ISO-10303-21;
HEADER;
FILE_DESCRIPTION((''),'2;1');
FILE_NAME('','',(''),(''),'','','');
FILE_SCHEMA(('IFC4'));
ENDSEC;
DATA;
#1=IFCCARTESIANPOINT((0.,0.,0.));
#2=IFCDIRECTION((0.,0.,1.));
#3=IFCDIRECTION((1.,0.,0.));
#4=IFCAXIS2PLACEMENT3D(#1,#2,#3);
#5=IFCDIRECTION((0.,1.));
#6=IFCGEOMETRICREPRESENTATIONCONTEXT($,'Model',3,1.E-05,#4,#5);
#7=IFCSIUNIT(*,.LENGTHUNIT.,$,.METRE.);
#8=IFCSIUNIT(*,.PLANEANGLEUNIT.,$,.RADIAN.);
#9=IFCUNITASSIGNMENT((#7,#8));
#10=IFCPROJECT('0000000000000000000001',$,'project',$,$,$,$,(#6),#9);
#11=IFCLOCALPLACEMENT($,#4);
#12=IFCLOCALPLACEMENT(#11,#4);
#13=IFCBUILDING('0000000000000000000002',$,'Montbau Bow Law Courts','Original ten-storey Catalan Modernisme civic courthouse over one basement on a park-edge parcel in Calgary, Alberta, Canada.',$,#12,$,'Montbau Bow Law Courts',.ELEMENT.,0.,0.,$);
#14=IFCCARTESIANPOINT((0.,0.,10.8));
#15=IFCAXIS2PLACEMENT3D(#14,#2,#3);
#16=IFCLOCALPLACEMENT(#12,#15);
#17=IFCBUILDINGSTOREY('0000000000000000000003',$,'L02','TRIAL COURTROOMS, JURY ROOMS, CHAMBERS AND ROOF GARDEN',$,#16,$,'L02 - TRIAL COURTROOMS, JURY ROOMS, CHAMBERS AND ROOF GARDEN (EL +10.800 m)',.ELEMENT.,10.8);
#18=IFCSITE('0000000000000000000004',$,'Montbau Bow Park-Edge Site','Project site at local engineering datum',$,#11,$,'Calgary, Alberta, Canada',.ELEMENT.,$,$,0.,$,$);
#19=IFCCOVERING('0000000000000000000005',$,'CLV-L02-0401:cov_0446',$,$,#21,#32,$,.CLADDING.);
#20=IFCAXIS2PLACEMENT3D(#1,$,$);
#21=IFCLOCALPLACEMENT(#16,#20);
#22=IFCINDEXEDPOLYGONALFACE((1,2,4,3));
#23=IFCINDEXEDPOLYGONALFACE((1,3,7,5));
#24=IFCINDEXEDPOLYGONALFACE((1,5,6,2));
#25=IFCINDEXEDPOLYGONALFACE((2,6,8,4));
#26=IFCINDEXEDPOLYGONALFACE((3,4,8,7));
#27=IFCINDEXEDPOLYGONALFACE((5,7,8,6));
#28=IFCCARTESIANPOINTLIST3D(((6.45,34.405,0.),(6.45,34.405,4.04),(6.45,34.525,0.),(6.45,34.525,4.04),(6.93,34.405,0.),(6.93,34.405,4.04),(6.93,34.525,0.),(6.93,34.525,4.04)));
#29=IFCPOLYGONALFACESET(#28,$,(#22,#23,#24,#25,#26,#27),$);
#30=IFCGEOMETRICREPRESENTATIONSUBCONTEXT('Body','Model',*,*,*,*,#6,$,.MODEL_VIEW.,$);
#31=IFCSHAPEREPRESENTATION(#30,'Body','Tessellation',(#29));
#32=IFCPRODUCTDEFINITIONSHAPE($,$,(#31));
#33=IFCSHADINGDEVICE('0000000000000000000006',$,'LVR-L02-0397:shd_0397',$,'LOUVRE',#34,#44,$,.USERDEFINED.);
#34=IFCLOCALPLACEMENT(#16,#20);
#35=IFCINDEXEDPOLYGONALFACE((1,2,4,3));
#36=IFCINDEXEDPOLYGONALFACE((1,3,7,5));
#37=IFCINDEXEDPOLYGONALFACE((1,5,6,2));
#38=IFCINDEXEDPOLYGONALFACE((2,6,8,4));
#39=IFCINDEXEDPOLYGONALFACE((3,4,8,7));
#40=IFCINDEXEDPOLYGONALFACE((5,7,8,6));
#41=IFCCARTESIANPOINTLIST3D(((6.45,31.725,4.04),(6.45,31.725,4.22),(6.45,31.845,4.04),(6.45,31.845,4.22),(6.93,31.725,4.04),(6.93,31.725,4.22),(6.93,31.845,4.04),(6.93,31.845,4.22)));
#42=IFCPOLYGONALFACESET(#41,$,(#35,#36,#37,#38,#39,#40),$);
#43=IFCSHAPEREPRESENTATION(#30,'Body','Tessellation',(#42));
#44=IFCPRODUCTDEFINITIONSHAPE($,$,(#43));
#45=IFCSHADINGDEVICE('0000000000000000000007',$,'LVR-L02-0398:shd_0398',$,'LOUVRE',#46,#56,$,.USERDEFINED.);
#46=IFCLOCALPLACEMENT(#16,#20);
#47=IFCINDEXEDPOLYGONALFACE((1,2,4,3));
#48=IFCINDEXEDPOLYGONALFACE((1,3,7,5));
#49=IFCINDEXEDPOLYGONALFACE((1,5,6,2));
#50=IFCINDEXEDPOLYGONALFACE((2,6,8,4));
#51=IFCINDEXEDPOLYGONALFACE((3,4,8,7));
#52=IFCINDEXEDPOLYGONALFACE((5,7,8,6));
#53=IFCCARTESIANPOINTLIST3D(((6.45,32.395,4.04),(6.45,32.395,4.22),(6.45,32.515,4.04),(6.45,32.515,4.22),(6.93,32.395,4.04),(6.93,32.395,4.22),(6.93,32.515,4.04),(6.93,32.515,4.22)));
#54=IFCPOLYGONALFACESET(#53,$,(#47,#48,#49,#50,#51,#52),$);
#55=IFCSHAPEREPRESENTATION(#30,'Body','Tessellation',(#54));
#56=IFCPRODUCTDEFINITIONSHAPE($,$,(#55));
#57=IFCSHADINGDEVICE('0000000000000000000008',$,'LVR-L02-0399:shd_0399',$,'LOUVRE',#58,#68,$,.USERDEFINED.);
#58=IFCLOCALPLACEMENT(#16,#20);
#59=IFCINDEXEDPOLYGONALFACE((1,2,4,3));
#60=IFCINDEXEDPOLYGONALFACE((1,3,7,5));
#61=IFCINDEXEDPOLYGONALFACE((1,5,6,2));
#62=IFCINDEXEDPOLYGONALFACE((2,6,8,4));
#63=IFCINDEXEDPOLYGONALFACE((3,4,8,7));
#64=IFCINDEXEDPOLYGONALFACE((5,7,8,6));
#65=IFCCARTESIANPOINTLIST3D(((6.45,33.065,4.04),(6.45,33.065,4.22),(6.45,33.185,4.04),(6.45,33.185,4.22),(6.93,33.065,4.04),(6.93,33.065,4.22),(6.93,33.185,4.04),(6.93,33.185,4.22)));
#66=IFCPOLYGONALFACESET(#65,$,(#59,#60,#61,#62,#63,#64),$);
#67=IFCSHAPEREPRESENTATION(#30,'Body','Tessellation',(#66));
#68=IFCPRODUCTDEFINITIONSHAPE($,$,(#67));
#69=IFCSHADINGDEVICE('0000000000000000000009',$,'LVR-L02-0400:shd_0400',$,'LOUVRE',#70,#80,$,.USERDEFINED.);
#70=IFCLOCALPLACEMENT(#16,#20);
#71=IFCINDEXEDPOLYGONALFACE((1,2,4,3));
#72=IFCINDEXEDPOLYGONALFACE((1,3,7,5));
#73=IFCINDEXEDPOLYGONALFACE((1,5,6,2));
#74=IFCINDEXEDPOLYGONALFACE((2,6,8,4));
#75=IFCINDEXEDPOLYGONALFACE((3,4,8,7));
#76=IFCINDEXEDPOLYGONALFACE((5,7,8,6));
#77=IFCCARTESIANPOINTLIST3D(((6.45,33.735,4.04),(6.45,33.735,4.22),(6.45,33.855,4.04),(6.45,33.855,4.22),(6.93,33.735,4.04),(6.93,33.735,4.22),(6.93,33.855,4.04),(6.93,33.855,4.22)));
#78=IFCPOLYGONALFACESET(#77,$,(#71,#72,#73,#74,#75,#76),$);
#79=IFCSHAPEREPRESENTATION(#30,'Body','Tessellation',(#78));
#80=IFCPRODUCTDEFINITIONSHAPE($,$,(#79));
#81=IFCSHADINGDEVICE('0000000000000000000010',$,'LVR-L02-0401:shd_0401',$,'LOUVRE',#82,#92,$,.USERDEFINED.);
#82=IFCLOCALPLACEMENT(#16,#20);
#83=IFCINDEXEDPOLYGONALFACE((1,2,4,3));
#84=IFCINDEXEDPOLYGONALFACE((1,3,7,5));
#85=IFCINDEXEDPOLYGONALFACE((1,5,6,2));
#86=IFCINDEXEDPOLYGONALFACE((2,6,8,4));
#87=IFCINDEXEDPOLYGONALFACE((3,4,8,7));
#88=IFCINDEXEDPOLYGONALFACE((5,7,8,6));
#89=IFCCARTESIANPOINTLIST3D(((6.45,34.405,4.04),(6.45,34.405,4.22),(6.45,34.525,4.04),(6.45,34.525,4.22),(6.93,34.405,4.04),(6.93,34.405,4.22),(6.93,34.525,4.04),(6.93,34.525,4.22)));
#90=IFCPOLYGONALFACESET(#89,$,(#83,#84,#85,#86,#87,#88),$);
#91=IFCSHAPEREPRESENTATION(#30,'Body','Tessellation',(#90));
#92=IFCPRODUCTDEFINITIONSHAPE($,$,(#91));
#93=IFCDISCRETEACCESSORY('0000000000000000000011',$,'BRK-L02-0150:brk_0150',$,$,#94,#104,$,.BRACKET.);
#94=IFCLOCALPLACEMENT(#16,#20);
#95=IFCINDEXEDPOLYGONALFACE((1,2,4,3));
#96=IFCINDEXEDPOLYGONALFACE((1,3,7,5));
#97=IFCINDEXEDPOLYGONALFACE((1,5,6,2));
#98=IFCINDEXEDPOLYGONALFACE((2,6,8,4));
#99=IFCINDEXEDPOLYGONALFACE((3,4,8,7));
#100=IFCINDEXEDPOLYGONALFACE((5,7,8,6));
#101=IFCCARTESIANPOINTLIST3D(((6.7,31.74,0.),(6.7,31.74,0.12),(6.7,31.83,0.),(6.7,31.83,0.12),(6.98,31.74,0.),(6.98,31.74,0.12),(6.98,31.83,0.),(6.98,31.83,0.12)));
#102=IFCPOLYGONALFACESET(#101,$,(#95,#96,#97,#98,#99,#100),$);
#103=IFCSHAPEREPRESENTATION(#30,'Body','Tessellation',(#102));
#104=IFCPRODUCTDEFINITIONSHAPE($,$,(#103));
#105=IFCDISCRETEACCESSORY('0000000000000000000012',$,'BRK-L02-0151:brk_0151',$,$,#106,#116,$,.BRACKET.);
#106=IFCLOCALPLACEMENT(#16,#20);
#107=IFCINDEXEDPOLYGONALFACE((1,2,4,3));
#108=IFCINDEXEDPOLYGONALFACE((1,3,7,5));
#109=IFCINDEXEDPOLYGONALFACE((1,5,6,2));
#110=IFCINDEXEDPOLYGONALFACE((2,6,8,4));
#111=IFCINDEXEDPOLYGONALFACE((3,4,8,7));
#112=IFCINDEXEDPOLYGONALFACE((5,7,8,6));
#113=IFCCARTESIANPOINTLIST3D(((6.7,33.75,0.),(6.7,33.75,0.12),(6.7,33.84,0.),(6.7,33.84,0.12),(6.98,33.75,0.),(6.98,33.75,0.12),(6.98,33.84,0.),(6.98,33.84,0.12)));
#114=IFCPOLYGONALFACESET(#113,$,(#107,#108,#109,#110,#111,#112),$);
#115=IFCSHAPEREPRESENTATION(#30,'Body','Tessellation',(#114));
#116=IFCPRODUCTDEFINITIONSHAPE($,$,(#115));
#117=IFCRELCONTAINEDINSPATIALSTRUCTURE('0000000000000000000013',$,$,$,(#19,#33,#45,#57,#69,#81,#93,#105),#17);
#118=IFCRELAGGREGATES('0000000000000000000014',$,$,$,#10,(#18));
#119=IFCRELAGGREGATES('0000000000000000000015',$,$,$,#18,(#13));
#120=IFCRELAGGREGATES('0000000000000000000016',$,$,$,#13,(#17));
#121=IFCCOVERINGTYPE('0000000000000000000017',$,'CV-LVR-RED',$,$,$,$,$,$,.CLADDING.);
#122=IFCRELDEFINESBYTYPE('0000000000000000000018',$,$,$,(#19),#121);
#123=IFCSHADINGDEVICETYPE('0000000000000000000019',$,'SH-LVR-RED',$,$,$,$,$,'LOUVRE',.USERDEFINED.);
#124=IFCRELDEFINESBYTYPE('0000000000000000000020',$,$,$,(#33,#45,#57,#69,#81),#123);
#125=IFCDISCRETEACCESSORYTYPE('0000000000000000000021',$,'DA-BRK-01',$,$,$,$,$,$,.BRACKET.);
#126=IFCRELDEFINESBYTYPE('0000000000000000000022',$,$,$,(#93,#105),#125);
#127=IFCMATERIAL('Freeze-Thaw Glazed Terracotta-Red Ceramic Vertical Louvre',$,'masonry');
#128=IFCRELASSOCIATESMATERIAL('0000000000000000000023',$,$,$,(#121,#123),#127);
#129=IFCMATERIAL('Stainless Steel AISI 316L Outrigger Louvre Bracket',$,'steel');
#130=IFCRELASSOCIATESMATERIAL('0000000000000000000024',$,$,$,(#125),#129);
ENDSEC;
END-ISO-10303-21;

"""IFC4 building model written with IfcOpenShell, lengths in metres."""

from ifc_helpers import new_model, si_unit, direction, frame, frame_2d, origin_with_axes, origin_2d_with_axis, place, context, subcontext, project, spatial, rectangle, extrude, material, type_object, element, save


model = new_model("IFC4")

# Units and contexts
model_context = context("Model", 3, precision=1e-05, world=origin_with_axes(), true_north=direction((0.0, 1.0)))
body_context = subcontext(model_context, "Body", "Model", "MODEL_VIEW")
ifc_project = project(units=[si_unit("LENGTHUNIT", "METRE"), si_unit("PLANEANGLEUNIT", "RADIAN")], contexts=[model_context])

# Site, building, storey
site_placement = place(None, origin_with_axes())
site = spatial("IfcSite", under=ifc_project, at=site_placement, Name="Montbau Bow Park-Edge Site", Description="Project site at local engineering datum", LongName="Calgary, Alberta, Canada", CompositionType="ELEMENT", RefElevation=0.0)
building_placement = place(site_placement, origin_with_axes())
building = spatial("IfcBuilding", under=site, at=building_placement, Name="Montbau Bow Law Courts", Description="Original ten-storey Catalan Modernisme civic courthouse over one basement on a park-edge parcel in Calgary, Alberta, Canada.", LongName="Montbau Bow Law Courts", CompositionType="ELEMENT", ElevationOfRefHeight=0.0, ElevationOfTerrain=0.0)
storey_placement = place(building_placement, frame((0.0, 0.0, 10.8), z_axis=(0.0, 0.0, 1.0), x_axis=(1.0, 0.0, 0.0)))
storey = spatial("IfcBuildingStorey", under=building, at=storey_placement, Name="L02", Description="TRIAL COURTROOMS, JURY ROOMS, CHAMBERS AND ROOF GARDEN", LongName="L02 - TRIAL COURTROOMS, JURY ROOMS, CHAMBERS AND ROOF GARDEN (EL +10.800 m)", CompositionType="ELEMENT", Elevation=10.8)

# Covering
ifc_material_1 = material(Name="Freeze-Thaw Glazed Terracotta-Red Ceramic Vertical Louvre", Category="masonry")
covering_type = type_object("IfcCoveringType", Name="CV-LVR-RED", PredefinedType="CLADDING", material=ifc_material_1)
for number, where, z_axis, x_axis, name in (
    (1, (6.93, 34.465, 10.8), (0.0, 1.0, 0.0), (-1.0, 0.0, 0.0), "CLV-L02-0401:cov_0446"),
):
    element("IfcCovering", number, at=place(None, frame(where, z_axis=z_axis, x_axis=x_axis)), inside=storey, type_object=covering_type, Name=name, PredefinedType="CLADDING", context=body_context, shape_type="SweptSolid", body=[
        extrude(rectangle(XDim=0.48, YDim=4.04, at=frame_2d((0.24, 2.02), x_axis=(1.0, 0.0))), frame((0.0, 0.0, -0.06), z_axis=(0.0, 0.0, 1.0), x_axis=(1.0, 0.0, 0.0)), (0.0, 0.0, 1.0), 0.12),
    ])

# Shading devices
shading_device_type = type_object("IfcShadingDeviceType", Name="SH-LVR-RED", ElementType="LOUVRE", PredefinedType="USERDEFINED", material=ifc_material_1)
for number, where, z_axis, x_axis, name in (
    (2, (6.69, 31.785, 14.84), (0.0, 0.0, 1.0), (-1.0, 0.0, 0.0), "LVR-L02-0397:shd_0397"),
    (3, (6.69, 32.455, 14.84), (0.0, 0.0, 1.0), (-1.0, 0.0, 0.0), "LVR-L02-0398:shd_0398"),
    (4, (6.69, 33.125, 14.84), (0.0, 0.0, 1.0), (-1.0, 0.0, 0.0), "LVR-L02-0399:shd_0399"),
    (5, (6.69, 33.795, 14.84), (0.0, 0.0, 1.0), (-1.0, 0.0, 0.0), "LVR-L02-0400:shd_0400"),
    (6, (6.69, 34.465, 14.84), (0.0, 0.0, 1.0), (-1.0, 0.0, 0.0), "LVR-L02-0401:shd_0401"),
):
    element("IfcShadingDevice", number, at=place(None, frame(where, z_axis=z_axis, x_axis=x_axis)), inside=storey, type_object=shading_device_type, Name=name, ObjectType="LOUVRE", PredefinedType="USERDEFINED", context=body_context, shape_type="SweptSolid", body=[
        extrude(rectangle(XDim=0.48, YDim=0.12, at=origin_2d_with_axis()), origin_with_axes(), (0.0, 0.0, 1.0), 0.18),
    ])

# Discrete accessories
ifc_material_2 = material(Name="Stainless Steel AISI 316L Outrigger Louvre Bracket", Category="steel")
discrete_accessory_type = type_object("IfcDiscreteAccessoryType", Name="DA-BRK-01", PredefinedType="BRACKET", material=ifc_material_2)
for number, where, z_axis, x_axis, name in (
    (7, (6.84, 31.785, 10.8), (0.0, 0.0, 1.0), (-1.0, 0.0, 0.0), "BRK-L02-0150:brk_0150"),
    (8, (6.84, 33.795, 10.8), (0.0, 0.0, 1.0), (-1.0, 0.0, 0.0), "BRK-L02-0151:brk_0151"),
):
    element("IfcDiscreteAccessory", number, at=place(None, frame(where, z_axis=z_axis, x_axis=x_axis)), inside=storey, type_object=discrete_accessory_type, Name=name, PredefinedType="BRACKET", context=body_context, shape_type="SweptSolid", body=[
        extrude(rectangle(XDim=0.28, YDim=0.09, at=origin_2d_with_axis()), origin_with_axes(), (0.0, 0.0, 1.0), 0.12),
    ])

save(model, "model.ifc")
